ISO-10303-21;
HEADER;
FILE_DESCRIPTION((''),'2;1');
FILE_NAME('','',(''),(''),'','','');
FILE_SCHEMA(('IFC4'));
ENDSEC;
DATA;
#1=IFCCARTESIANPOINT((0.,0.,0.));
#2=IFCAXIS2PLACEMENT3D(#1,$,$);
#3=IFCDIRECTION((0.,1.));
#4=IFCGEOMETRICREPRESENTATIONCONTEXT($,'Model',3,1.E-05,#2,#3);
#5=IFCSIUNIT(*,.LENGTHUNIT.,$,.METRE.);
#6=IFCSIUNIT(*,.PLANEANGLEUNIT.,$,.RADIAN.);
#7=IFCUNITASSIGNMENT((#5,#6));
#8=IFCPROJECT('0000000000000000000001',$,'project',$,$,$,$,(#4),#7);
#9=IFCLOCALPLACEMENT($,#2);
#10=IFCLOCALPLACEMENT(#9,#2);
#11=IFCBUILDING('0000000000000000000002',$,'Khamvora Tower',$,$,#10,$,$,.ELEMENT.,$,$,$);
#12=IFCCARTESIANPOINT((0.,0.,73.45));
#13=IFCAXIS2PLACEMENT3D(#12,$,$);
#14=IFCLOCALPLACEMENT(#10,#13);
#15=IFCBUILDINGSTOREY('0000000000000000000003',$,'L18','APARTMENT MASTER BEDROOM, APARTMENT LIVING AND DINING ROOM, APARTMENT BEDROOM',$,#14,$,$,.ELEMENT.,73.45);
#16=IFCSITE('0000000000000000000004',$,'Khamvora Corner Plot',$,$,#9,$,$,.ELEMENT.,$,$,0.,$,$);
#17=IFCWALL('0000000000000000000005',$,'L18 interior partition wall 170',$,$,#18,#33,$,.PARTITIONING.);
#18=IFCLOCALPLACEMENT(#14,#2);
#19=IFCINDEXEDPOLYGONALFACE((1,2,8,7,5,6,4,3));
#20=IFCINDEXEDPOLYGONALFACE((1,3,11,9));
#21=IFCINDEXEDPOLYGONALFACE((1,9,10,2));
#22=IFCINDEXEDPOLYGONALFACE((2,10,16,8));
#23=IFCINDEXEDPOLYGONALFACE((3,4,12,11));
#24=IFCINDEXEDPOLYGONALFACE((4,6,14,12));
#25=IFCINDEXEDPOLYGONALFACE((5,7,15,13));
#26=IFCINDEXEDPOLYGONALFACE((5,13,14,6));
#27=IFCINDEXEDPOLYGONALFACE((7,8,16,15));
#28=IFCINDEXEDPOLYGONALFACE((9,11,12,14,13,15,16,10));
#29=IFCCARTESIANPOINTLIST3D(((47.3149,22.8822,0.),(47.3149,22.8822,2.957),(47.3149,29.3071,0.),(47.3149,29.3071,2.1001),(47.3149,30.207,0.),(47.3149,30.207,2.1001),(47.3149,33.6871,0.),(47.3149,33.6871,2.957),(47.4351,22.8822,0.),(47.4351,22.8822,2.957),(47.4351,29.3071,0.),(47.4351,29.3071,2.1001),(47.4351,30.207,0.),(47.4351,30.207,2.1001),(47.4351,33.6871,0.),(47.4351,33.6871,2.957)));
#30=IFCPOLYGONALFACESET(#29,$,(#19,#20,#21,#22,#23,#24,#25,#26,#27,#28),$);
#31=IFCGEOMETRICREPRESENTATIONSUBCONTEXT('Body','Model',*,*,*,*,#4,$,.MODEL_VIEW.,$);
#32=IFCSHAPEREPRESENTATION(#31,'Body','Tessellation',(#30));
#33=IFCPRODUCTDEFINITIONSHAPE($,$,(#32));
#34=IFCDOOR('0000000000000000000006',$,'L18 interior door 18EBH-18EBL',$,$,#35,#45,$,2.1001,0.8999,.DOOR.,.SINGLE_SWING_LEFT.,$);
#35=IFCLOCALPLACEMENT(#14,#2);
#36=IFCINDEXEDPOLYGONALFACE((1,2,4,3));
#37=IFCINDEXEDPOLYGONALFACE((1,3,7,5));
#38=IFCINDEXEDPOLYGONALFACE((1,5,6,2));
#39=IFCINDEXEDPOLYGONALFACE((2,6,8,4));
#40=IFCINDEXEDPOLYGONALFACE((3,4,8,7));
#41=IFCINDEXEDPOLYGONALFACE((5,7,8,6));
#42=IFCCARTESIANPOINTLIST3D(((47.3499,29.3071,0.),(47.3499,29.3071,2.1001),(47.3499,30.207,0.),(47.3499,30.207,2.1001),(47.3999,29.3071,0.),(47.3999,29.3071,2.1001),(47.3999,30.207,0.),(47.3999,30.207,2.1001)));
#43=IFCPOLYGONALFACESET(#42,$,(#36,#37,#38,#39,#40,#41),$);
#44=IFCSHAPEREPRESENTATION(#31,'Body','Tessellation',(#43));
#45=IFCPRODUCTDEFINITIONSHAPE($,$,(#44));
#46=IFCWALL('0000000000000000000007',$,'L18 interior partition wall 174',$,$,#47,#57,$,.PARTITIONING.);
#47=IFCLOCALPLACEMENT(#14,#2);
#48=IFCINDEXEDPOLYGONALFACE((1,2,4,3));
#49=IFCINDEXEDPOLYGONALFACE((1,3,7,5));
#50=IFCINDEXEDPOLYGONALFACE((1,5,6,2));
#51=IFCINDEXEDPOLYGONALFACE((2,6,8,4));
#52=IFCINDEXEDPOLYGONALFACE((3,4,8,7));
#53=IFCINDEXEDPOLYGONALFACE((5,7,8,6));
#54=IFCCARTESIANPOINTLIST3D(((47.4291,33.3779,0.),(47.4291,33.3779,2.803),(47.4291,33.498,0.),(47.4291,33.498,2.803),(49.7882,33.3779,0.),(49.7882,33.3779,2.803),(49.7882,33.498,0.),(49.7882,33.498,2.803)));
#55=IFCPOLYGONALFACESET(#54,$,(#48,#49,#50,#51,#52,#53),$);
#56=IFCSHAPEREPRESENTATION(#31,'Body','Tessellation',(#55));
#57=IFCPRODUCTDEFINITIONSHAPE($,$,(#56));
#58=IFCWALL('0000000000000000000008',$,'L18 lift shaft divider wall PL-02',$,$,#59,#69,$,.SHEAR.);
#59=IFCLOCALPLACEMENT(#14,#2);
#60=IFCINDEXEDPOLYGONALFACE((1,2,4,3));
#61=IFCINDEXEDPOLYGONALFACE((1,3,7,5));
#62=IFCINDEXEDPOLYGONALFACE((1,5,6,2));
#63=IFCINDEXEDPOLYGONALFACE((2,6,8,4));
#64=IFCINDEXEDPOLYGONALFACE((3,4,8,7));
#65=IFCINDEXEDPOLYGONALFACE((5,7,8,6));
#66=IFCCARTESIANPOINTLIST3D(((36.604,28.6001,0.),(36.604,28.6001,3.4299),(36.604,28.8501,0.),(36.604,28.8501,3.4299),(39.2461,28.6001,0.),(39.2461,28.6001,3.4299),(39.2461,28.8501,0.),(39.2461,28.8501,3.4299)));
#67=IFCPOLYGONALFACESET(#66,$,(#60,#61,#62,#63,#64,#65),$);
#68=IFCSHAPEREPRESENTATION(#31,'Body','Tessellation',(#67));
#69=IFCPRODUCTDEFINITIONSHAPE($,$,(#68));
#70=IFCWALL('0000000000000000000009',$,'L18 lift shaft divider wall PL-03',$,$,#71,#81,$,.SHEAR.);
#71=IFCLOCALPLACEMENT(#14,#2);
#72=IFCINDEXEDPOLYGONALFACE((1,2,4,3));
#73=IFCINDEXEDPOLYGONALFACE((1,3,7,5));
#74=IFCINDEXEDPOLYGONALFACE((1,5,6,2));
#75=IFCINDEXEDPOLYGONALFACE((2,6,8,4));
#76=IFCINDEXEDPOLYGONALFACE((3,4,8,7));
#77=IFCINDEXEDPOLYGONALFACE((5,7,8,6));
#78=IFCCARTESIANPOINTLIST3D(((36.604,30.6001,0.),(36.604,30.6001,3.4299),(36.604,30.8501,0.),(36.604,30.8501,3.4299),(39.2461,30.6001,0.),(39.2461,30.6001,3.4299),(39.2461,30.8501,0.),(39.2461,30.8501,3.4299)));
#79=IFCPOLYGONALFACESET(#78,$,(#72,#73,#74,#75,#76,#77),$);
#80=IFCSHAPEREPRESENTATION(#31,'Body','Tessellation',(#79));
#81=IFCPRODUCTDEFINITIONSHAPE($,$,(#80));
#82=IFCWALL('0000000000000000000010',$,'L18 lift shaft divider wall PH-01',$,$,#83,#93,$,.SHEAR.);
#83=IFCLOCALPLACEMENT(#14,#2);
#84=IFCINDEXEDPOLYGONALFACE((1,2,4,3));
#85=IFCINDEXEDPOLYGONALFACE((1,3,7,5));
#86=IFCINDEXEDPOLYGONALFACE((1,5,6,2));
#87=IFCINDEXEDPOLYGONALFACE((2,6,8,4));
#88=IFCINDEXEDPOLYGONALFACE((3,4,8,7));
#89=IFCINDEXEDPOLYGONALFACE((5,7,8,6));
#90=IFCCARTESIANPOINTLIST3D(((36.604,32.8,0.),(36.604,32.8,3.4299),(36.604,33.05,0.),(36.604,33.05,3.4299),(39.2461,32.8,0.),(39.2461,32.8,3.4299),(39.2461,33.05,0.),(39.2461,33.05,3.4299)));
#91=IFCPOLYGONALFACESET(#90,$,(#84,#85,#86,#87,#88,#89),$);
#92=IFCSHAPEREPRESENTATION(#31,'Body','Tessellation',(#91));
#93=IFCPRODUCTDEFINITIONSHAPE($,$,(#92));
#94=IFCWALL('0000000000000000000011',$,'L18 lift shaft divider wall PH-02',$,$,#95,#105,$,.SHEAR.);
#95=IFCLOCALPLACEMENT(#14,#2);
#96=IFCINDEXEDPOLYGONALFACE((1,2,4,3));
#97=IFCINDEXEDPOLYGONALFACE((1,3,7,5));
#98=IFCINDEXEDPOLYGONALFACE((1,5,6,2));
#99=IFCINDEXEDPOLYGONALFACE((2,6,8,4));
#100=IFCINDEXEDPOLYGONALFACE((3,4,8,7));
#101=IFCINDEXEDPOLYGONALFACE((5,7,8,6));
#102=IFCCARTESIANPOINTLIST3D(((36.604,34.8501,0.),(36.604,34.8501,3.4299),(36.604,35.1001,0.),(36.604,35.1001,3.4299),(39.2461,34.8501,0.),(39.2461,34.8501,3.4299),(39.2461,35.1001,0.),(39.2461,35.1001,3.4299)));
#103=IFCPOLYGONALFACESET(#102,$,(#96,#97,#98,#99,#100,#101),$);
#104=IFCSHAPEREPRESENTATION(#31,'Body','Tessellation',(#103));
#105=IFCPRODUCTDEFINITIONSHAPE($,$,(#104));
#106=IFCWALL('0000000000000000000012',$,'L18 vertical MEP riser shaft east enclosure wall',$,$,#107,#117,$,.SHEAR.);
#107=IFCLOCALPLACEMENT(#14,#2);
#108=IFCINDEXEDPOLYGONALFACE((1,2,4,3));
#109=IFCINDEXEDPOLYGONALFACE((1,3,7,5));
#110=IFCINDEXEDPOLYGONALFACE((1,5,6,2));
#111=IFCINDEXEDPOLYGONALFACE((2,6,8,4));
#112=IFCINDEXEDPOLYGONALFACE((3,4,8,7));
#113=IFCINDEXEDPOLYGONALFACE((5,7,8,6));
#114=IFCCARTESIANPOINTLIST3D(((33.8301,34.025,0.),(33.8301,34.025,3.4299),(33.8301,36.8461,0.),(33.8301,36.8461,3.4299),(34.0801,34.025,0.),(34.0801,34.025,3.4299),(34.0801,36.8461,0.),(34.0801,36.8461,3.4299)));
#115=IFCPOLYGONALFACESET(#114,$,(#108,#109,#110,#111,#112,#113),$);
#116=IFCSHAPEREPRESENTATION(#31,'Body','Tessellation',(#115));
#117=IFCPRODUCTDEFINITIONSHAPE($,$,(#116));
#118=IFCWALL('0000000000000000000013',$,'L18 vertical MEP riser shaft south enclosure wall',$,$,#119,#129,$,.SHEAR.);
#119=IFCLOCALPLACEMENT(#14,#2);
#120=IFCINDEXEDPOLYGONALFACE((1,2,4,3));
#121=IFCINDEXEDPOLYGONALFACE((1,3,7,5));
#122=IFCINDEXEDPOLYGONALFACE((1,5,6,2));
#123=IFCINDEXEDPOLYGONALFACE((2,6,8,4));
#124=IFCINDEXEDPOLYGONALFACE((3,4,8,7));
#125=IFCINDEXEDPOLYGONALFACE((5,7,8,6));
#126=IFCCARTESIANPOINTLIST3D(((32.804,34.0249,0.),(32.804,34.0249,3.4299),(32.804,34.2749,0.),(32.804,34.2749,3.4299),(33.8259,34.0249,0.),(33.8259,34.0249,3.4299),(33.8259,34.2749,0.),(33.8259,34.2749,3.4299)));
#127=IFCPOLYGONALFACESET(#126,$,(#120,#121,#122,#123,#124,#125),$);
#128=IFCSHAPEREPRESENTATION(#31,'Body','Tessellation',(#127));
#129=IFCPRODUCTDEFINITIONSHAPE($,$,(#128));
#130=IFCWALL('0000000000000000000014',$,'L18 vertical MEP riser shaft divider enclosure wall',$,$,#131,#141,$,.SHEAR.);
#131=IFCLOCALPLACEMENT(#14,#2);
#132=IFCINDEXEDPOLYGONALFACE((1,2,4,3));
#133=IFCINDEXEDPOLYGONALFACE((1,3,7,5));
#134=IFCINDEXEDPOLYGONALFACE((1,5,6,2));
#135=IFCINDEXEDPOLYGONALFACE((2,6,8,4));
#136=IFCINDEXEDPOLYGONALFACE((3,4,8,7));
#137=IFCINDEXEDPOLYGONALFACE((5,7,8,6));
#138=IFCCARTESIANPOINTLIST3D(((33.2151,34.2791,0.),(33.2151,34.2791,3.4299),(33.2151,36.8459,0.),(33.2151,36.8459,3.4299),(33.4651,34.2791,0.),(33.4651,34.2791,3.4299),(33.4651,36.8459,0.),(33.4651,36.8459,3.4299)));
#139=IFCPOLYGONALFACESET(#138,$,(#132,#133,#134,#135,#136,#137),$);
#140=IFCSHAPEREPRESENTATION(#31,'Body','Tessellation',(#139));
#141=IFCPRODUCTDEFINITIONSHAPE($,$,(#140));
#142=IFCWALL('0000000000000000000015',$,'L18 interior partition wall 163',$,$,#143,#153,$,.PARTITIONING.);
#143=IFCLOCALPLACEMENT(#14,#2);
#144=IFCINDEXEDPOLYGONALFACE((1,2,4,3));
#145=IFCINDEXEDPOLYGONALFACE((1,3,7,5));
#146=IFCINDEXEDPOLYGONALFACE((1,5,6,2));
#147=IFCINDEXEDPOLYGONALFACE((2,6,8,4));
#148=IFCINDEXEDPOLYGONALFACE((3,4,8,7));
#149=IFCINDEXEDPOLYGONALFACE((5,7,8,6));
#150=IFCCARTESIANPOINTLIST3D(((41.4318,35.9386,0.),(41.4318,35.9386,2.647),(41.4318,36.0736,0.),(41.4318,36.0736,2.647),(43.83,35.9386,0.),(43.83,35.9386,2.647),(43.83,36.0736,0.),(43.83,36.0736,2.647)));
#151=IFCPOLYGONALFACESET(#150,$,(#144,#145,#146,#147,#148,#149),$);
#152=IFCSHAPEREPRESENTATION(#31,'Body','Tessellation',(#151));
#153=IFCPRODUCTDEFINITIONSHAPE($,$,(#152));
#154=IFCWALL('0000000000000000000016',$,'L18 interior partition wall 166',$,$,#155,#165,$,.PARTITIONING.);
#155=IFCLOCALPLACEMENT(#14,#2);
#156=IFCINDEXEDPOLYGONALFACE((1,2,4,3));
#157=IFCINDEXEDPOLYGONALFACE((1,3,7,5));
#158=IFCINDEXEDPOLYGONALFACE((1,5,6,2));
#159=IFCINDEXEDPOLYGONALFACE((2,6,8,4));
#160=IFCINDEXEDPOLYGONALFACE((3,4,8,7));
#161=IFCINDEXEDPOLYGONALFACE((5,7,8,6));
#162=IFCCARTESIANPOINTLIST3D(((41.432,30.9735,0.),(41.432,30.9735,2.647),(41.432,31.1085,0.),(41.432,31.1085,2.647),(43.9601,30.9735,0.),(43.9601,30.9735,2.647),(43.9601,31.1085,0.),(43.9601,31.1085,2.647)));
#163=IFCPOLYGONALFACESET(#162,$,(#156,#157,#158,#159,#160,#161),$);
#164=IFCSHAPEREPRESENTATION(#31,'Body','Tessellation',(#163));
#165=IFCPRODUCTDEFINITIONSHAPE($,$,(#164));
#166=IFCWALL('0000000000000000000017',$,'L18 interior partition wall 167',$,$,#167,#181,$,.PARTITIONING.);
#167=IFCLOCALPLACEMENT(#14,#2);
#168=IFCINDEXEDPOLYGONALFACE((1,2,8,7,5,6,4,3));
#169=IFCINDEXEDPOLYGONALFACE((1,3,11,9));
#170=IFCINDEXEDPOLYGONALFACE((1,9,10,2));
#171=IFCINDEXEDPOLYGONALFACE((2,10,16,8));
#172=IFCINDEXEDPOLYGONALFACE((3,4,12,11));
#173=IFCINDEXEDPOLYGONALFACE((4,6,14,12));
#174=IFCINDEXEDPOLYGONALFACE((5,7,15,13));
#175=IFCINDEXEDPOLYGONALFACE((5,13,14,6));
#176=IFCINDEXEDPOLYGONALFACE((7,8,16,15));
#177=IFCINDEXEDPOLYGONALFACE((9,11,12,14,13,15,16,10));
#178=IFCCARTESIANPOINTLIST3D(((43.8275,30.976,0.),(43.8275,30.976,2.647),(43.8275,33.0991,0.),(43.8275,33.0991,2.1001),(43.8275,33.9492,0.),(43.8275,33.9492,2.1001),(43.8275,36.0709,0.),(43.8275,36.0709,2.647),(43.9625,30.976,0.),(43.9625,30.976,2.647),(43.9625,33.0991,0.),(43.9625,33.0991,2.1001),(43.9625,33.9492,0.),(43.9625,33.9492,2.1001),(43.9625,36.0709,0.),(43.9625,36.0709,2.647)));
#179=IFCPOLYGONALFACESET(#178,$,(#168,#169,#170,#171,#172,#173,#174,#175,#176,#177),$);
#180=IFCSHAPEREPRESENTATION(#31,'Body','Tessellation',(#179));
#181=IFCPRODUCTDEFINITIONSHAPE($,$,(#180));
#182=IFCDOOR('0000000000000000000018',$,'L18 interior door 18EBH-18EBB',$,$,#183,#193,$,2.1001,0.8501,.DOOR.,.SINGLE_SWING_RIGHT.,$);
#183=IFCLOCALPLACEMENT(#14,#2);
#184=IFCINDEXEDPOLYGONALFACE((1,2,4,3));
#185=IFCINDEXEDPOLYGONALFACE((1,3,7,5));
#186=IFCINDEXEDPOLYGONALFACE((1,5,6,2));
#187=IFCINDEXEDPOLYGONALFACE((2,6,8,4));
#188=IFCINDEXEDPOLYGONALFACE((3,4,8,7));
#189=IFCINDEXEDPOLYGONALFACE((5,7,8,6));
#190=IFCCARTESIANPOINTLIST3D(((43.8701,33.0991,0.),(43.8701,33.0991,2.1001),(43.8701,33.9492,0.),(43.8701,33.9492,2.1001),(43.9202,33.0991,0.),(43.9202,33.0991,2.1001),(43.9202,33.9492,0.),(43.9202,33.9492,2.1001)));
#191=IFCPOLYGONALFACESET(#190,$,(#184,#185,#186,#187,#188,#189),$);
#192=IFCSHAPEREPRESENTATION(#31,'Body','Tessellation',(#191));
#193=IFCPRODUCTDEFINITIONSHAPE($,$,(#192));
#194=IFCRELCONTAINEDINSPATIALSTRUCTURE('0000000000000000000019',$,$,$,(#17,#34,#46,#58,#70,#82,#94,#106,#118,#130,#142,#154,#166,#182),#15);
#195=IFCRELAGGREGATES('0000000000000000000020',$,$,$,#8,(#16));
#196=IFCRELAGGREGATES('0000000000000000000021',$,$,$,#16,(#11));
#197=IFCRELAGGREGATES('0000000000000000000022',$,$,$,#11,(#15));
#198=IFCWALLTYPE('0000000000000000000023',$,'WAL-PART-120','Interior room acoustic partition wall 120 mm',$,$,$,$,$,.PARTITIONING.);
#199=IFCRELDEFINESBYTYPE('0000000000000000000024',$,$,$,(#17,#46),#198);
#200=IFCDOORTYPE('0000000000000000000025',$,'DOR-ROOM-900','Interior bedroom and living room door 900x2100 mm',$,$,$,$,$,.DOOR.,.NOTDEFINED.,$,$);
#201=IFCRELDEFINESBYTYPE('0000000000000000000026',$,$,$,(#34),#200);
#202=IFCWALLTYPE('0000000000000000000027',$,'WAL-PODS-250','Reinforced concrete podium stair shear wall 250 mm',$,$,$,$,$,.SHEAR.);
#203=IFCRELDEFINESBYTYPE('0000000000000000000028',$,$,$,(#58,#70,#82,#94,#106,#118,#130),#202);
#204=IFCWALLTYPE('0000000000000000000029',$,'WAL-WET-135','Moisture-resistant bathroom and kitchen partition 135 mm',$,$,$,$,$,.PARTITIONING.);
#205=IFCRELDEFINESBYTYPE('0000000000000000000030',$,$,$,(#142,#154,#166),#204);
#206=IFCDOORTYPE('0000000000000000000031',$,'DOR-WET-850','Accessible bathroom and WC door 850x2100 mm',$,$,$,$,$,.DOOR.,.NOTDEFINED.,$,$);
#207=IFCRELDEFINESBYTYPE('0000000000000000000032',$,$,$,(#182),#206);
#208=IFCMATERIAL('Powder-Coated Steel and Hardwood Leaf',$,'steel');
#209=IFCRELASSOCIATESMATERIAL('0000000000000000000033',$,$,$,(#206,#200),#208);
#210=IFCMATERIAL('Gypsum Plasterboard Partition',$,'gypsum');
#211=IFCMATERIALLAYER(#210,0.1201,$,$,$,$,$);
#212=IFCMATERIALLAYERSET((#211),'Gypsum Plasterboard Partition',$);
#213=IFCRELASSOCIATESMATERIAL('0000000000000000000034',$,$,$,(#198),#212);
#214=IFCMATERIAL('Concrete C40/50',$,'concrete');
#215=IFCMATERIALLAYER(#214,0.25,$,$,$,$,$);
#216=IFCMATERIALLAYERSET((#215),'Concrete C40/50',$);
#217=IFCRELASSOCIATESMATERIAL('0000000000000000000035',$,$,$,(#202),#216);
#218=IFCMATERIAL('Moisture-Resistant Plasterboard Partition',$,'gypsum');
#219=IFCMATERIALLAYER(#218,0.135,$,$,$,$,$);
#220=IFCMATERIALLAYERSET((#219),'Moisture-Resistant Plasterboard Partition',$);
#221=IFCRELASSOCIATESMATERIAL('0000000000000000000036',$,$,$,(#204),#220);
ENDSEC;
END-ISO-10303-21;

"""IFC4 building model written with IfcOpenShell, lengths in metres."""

from ifc_helpers import new_model, si_unit, direction, frame, frame_2d, origin, place, context, subcontext, project, spatial, rectangle, extrude, material, layer, layer_set, type_object, element, fill, save


model = new_model("IFC4")

# Units and contexts
model_context = context("Model", 3, precision=1e-05, world=origin(), true_north=direction((0.0, 1.0)))
body_context = subcontext(model_context, "Body", "Model", "MODEL_VIEW")
ifc_project = project(units=[si_unit("LENGTHUNIT", "METRE"), si_unit("PLANEANGLEUNIT", "RADIAN")], contexts=[model_context])

# Site, building, storey
site_placement = place(None, origin())
site = spatial("IfcSite", under=ifc_project, at=site_placement, Name="Khamvora Corner Plot", CompositionType="ELEMENT", RefElevation=0.0)
building_placement = place(site_placement, origin())
building = spatial("IfcBuilding", under=site, at=building_placement, Name="Khamvora Tower", CompositionType="ELEMENT")
storey_placement = place(building_placement, frame((0.0, 0.0, 73.45)))
storey = spatial("IfcBuildingStorey", under=building, at=storey_placement, Name="L18", Description="APARTMENT MASTER BEDROOM, APARTMENT LIVING AND DINING ROOM, APARTMENT BEDROOM", CompositionType="ELEMENT", Elevation=73.45)

# Shared definitions
ifc_material_1 = material(Name="Powder-Coated Steel and Hardwood Leaf", Category="steel")
door_type_1 = type_object("IfcDoorType", Name="DOR-WET-850", Description="Accessible bathroom and WC door 850x2100 mm", OperationType="NOTDEFINED", PredefinedType="DOOR", material=ifc_material_1)

# Shared definitions
door_type_2 = type_object("IfcDoorType", Name="DOR-ROOM-900", Description="Interior bedroom and living room door 900x2100 mm", OperationType="NOTDEFINED", PredefinedType="DOOR", material=ifc_material_1)

# Wall, opening, door
ifc_material_2 = material(Name="Gypsum Plasterboard Partition", Category="gypsum")
ifc_layer_1 = layer(ifc_material_2, 0.1201)
ifc_layer_set_1 = layer_set([ifc_layer_1], Name="Gypsum Plasterboard Partition")
wall_type_1 = type_object("IfcWallType", Name="WAL-PART-120", Description="Interior room acoustic partition wall 120 mm", PredefinedType="PARTITIONING", material=ifc_layer_set_1)
wall_1_placement = place(storey_placement, frame((47.375, 33.687, 0.0), z_axis=(0.0, 0.0, 1.0), x_axis=(0.0, -1.0, 0.0)))
wall_1 = element("IfcWall", 1, at=wall_1_placement, inside=storey, type_object=wall_type_1, Name="L18 interior partition wall 170", PredefinedType="PARTITIONING", context=body_context, shape_type="SweptSolid", body=[
    extrude(rectangle(XDim=10.8049, YDim=0.1201, at=frame_2d((5.4023, 0.0))), origin(), (0.0, 0.0, 1.0), 2.957),
])
opening_1_placement = place(wall_1_placement, frame((3.48, 0.0, 0.0)))
opening_1 = element("IfcOpeningElement", 2, at=opening_1_placement, cuts=wall_1, PredefinedType="OPENING", context=body_context, shape_type="SweptSolid", body=[
    extrude(rectangle(XDim=0.8999, YDim=2.1001, at=frame_2d((0.45, 1.05))), frame((0.0, 0.0701, 0.0), z_axis=(0.0, -1.0, 0.0), x_axis=(1.0, 0.0, 0.0)), (0.0, 0.0, 1.0), 0.1401),
])
door_1_placement = place(opening_1_placement, origin())
door_1 = element("IfcDoor", 3, at=door_1_placement, inside=storey, type_object=door_type_2, Name="L18 interior door 18EBH-18EBL", OperationType="SINGLE_SWING_LEFT", OverallHeight=2.1001, OverallWidth=0.8999, PredefinedType="DOOR", context=body_context, shape_type="SweptSolid", body=[
    extrude(rectangle(XDim=0.8999, YDim=2.1001, at=frame_2d((0.45, 1.05))), frame((0.0, 0.0249, 0.0), z_axis=(0.0, -1.0, 0.0), x_axis=(1.0, 0.0, 0.0)), (0.0, 0.0, 1.0), 0.05),
])
fill(opening_1, door_1)

# Walls
wall_2_placement = place(storey_placement, frame((47.429, 33.438, 0.0), z_axis=(0.0, 0.0, 1.0), x_axis=(1.0, 0.0, 0.0)))
element("IfcWall", 4, at=wall_2_placement, inside=storey, type_object=wall_type_1, Name="L18 interior partition wall 174", PredefinedType="PARTITIONING", context=body_context, shape_type="SweptSolid", body=[
    extrude(rectangle(XDim=2.3591, YDim=0.1201, at=frame_2d((1.1797, 0.0))), origin(), (0.0, 0.0, 1.0), 2.803),
])
ifc_material_3 = material(Name="Concrete C40/50", Category="concrete")
ifc_layer_2 = layer(ifc_material_3, 0.25)
ifc_layer_set_2 = layer_set([ifc_layer_2], Name="Concrete C40/50")
wall_type_2 = type_object("IfcWallType", Name="WAL-PODS-250", Description="Reinforced concrete podium stair shear wall 250 mm", PredefinedType="SHEAR", material=ifc_layer_set_2)
for number, where, z_axis, x_axis, name in (
    (5, (36.604, 28.7251, 0.0), (0.0, 0.0, 1.0), (1.0, 0.0, 0.0), "L18 lift shaft divider wall PL-02"),
    (6, (36.604, 30.7251, 0.0), (0.0, 0.0, 1.0), (1.0, 0.0, 0.0), "L18 lift shaft divider wall PL-03"),
    (7, (36.604, 32.925, 0.0), (0.0, 0.0, 1.0), (1.0, 0.0, 0.0), "L18 lift shaft divider wall PH-01"),
    (8, (36.604, 34.9751, 0.0), (0.0, 0.0, 1.0), (1.0, 0.0, 0.0), "L18 lift shaft divider wall PH-02"),
):
    element("IfcWall", number, at=place(storey_placement, frame(where, z_axis=z_axis, x_axis=x_axis)), inside=storey, type_object=wall_type_2, Name=name, PredefinedType="SHEAR", context=body_context, shape_type="SweptSolid", body=[
        extrude(rectangle(XDim=2.6421, YDim=0.25, at=frame_2d((1.321, 0.0))), origin(), (0.0, 0.0, 1.0), 3.4299),
    ])
wall_3_placement = place(storey_placement, frame((33.9551, 34.0249, 0.0), z_axis=(0.0, 0.0, 1.0), x_axis=(0.0, 1.0, 0.0)))
element("IfcWall", 9, at=wall_3_placement, inside=storey, type_object=wall_type_2, Name="L18 vertical MEP riser shaft east enclosure wall", PredefinedType="SHEAR", context=body_context, shape_type="SweptSolid", body=[
    extrude(rectangle(XDim=2.821, YDim=0.25, at=frame_2d((1.4106, 0.0))), origin(), (0.0, 0.0, 1.0), 3.4299),
])
wall_4_placement = place(storey_placement, frame((32.804, 34.1499, 0.0), z_axis=(0.0, 0.0, 1.0), x_axis=(1.0, 0.0, 0.0)))
element("IfcWall", 10, at=wall_4_placement, inside=storey, type_object=wall_type_2, Name="L18 vertical MEP riser shaft south enclosure wall", PredefinedType="SHEAR", context=body_context, shape_type="SweptSolid", body=[
    extrude(rectangle(XDim=1.022, YDim=0.25, at=frame_2d((0.511, 0.0))), origin(), (0.0, 0.0, 1.0), 3.4299),
])
wall_5_placement = place(storey_placement, frame((33.3401, 34.2791, 0.0), z_axis=(0.0, 0.0, 1.0), x_axis=(0.0, 1.0, 0.0)))
element("IfcWall", 11, at=wall_5_placement, inside=storey, type_object=wall_type_2, Name="L18 vertical MEP riser shaft divider enclosure wall", PredefinedType="SHEAR", context=body_context, shape_type="SweptSolid", body=[
    extrude(rectangle(XDim=2.5669, YDim=0.25, at=frame_2d((1.2834, 0.0))), origin(), (0.0, 0.0, 1.0), 3.4299),
])
ifc_material_4 = material(Name="Moisture-Resistant Plasterboard Partition", Category="gypsum")
ifc_layer_3 = layer(ifc_material_4, 0.135)
ifc_layer_set_3 = layer_set([ifc_layer_3], Name="Moisture-Resistant Plasterboard Partition")
wall_type_3 = type_object("IfcWallType", Name="WAL-WET-135", Description="Moisture-resistant bathroom and kitchen partition 135 mm", PredefinedType="PARTITIONING", material=ifc_layer_set_3)
wall_6_placement = place(storey_placement, frame((43.8301, 36.0061, 0.0), z_axis=(0.0, 0.0, 1.0), x_axis=(-1.0, 0.0, 0.0)))
element("IfcWall", 12, at=wall_6_placement, inside=storey, type_object=wall_type_3, Name="L18 interior partition wall 163", PredefinedType="PARTITIONING", context=body_context, shape_type="SweptSolid", body=[
    extrude(rectangle(XDim=2.3982, YDim=0.135, at=frame_2d((1.1992, 0.0))), origin(), (0.0, 0.0, 1.0), 2.647),
])
wall_7_placement = place(storey_placement, frame((41.4319, 31.041, 0.0), z_axis=(0.0, 0.0, 1.0), x_axis=(1.0, 0.0, 0.0)))
element("IfcWall", 13, at=wall_7_placement, inside=storey, type_object=wall_type_3, Name="L18 interior partition wall 166", PredefinedType="PARTITIONING", context=body_context, shape_type="SweptSolid", body=[
    extrude(rectangle(XDim=2.5281, YDim=0.135, at=frame_2d((1.2642, 0.0))), origin(), (0.0, 0.0, 1.0), 2.647),
])

# Wall, opening, door
wall_8_placement = place(storey_placement, frame((43.895, 30.9761, 0.0), z_axis=(0.0, 0.0, 1.0), x_axis=(0.0, 1.0, 0.0)))
wall_8 = element("IfcWall", 14, at=wall_8_placement, inside=storey, type_object=wall_type_3, Name="L18 interior partition wall 167", PredefinedType="PARTITIONING", context=body_context, shape_type="SweptSolid", body=[
    extrude(rectangle(XDim=5.095, YDim=0.135, at=frame_2d((2.5474, 0.0))), origin(), (0.0, 0.0, 1.0), 2.647),
])
opening_2_placement = place(wall_8_placement, frame((2.123, 0.0, 0.0)))
opening_2 = element("IfcOpeningElement", 15, at=opening_2_placement, cuts=wall_8, PredefinedType="OPENING", context=body_context, shape_type="SweptSolid", body=[
    extrude(rectangle(XDim=0.8501, YDim=2.1001, at=frame_2d((0.425, 1.05))), frame((0.0, 0.0774, 0.0), z_axis=(0.0, -1.0, 0.0), x_axis=(1.0, 0.0, 0.0)), (0.0, 0.0, 1.0), 0.155),
])
door_2_placement = place(opening_2_placement, origin())
door_2 = element("IfcDoor", 16, at=door_2_placement, inside=storey, type_object=door_type_1, Name="L18 interior door 18EBH-18EBB", OperationType="SINGLE_SWING_RIGHT", OverallHeight=2.1001, OverallWidth=0.8501, PredefinedType="DOOR", context=body_context, shape_type="SweptSolid", body=[
    extrude(rectangle(XDim=0.8501, YDim=2.1001, at=frame_2d((0.425, 1.05))), frame((0.0, 0.0249, 0.0), z_axis=(0.0, -1.0, 0.0), x_axis=(1.0, 0.0, 0.0)), (0.0, 0.0, 1.0), 0.05),
])
fill(opening_2, door_2)

save(model, "model.ifc")
